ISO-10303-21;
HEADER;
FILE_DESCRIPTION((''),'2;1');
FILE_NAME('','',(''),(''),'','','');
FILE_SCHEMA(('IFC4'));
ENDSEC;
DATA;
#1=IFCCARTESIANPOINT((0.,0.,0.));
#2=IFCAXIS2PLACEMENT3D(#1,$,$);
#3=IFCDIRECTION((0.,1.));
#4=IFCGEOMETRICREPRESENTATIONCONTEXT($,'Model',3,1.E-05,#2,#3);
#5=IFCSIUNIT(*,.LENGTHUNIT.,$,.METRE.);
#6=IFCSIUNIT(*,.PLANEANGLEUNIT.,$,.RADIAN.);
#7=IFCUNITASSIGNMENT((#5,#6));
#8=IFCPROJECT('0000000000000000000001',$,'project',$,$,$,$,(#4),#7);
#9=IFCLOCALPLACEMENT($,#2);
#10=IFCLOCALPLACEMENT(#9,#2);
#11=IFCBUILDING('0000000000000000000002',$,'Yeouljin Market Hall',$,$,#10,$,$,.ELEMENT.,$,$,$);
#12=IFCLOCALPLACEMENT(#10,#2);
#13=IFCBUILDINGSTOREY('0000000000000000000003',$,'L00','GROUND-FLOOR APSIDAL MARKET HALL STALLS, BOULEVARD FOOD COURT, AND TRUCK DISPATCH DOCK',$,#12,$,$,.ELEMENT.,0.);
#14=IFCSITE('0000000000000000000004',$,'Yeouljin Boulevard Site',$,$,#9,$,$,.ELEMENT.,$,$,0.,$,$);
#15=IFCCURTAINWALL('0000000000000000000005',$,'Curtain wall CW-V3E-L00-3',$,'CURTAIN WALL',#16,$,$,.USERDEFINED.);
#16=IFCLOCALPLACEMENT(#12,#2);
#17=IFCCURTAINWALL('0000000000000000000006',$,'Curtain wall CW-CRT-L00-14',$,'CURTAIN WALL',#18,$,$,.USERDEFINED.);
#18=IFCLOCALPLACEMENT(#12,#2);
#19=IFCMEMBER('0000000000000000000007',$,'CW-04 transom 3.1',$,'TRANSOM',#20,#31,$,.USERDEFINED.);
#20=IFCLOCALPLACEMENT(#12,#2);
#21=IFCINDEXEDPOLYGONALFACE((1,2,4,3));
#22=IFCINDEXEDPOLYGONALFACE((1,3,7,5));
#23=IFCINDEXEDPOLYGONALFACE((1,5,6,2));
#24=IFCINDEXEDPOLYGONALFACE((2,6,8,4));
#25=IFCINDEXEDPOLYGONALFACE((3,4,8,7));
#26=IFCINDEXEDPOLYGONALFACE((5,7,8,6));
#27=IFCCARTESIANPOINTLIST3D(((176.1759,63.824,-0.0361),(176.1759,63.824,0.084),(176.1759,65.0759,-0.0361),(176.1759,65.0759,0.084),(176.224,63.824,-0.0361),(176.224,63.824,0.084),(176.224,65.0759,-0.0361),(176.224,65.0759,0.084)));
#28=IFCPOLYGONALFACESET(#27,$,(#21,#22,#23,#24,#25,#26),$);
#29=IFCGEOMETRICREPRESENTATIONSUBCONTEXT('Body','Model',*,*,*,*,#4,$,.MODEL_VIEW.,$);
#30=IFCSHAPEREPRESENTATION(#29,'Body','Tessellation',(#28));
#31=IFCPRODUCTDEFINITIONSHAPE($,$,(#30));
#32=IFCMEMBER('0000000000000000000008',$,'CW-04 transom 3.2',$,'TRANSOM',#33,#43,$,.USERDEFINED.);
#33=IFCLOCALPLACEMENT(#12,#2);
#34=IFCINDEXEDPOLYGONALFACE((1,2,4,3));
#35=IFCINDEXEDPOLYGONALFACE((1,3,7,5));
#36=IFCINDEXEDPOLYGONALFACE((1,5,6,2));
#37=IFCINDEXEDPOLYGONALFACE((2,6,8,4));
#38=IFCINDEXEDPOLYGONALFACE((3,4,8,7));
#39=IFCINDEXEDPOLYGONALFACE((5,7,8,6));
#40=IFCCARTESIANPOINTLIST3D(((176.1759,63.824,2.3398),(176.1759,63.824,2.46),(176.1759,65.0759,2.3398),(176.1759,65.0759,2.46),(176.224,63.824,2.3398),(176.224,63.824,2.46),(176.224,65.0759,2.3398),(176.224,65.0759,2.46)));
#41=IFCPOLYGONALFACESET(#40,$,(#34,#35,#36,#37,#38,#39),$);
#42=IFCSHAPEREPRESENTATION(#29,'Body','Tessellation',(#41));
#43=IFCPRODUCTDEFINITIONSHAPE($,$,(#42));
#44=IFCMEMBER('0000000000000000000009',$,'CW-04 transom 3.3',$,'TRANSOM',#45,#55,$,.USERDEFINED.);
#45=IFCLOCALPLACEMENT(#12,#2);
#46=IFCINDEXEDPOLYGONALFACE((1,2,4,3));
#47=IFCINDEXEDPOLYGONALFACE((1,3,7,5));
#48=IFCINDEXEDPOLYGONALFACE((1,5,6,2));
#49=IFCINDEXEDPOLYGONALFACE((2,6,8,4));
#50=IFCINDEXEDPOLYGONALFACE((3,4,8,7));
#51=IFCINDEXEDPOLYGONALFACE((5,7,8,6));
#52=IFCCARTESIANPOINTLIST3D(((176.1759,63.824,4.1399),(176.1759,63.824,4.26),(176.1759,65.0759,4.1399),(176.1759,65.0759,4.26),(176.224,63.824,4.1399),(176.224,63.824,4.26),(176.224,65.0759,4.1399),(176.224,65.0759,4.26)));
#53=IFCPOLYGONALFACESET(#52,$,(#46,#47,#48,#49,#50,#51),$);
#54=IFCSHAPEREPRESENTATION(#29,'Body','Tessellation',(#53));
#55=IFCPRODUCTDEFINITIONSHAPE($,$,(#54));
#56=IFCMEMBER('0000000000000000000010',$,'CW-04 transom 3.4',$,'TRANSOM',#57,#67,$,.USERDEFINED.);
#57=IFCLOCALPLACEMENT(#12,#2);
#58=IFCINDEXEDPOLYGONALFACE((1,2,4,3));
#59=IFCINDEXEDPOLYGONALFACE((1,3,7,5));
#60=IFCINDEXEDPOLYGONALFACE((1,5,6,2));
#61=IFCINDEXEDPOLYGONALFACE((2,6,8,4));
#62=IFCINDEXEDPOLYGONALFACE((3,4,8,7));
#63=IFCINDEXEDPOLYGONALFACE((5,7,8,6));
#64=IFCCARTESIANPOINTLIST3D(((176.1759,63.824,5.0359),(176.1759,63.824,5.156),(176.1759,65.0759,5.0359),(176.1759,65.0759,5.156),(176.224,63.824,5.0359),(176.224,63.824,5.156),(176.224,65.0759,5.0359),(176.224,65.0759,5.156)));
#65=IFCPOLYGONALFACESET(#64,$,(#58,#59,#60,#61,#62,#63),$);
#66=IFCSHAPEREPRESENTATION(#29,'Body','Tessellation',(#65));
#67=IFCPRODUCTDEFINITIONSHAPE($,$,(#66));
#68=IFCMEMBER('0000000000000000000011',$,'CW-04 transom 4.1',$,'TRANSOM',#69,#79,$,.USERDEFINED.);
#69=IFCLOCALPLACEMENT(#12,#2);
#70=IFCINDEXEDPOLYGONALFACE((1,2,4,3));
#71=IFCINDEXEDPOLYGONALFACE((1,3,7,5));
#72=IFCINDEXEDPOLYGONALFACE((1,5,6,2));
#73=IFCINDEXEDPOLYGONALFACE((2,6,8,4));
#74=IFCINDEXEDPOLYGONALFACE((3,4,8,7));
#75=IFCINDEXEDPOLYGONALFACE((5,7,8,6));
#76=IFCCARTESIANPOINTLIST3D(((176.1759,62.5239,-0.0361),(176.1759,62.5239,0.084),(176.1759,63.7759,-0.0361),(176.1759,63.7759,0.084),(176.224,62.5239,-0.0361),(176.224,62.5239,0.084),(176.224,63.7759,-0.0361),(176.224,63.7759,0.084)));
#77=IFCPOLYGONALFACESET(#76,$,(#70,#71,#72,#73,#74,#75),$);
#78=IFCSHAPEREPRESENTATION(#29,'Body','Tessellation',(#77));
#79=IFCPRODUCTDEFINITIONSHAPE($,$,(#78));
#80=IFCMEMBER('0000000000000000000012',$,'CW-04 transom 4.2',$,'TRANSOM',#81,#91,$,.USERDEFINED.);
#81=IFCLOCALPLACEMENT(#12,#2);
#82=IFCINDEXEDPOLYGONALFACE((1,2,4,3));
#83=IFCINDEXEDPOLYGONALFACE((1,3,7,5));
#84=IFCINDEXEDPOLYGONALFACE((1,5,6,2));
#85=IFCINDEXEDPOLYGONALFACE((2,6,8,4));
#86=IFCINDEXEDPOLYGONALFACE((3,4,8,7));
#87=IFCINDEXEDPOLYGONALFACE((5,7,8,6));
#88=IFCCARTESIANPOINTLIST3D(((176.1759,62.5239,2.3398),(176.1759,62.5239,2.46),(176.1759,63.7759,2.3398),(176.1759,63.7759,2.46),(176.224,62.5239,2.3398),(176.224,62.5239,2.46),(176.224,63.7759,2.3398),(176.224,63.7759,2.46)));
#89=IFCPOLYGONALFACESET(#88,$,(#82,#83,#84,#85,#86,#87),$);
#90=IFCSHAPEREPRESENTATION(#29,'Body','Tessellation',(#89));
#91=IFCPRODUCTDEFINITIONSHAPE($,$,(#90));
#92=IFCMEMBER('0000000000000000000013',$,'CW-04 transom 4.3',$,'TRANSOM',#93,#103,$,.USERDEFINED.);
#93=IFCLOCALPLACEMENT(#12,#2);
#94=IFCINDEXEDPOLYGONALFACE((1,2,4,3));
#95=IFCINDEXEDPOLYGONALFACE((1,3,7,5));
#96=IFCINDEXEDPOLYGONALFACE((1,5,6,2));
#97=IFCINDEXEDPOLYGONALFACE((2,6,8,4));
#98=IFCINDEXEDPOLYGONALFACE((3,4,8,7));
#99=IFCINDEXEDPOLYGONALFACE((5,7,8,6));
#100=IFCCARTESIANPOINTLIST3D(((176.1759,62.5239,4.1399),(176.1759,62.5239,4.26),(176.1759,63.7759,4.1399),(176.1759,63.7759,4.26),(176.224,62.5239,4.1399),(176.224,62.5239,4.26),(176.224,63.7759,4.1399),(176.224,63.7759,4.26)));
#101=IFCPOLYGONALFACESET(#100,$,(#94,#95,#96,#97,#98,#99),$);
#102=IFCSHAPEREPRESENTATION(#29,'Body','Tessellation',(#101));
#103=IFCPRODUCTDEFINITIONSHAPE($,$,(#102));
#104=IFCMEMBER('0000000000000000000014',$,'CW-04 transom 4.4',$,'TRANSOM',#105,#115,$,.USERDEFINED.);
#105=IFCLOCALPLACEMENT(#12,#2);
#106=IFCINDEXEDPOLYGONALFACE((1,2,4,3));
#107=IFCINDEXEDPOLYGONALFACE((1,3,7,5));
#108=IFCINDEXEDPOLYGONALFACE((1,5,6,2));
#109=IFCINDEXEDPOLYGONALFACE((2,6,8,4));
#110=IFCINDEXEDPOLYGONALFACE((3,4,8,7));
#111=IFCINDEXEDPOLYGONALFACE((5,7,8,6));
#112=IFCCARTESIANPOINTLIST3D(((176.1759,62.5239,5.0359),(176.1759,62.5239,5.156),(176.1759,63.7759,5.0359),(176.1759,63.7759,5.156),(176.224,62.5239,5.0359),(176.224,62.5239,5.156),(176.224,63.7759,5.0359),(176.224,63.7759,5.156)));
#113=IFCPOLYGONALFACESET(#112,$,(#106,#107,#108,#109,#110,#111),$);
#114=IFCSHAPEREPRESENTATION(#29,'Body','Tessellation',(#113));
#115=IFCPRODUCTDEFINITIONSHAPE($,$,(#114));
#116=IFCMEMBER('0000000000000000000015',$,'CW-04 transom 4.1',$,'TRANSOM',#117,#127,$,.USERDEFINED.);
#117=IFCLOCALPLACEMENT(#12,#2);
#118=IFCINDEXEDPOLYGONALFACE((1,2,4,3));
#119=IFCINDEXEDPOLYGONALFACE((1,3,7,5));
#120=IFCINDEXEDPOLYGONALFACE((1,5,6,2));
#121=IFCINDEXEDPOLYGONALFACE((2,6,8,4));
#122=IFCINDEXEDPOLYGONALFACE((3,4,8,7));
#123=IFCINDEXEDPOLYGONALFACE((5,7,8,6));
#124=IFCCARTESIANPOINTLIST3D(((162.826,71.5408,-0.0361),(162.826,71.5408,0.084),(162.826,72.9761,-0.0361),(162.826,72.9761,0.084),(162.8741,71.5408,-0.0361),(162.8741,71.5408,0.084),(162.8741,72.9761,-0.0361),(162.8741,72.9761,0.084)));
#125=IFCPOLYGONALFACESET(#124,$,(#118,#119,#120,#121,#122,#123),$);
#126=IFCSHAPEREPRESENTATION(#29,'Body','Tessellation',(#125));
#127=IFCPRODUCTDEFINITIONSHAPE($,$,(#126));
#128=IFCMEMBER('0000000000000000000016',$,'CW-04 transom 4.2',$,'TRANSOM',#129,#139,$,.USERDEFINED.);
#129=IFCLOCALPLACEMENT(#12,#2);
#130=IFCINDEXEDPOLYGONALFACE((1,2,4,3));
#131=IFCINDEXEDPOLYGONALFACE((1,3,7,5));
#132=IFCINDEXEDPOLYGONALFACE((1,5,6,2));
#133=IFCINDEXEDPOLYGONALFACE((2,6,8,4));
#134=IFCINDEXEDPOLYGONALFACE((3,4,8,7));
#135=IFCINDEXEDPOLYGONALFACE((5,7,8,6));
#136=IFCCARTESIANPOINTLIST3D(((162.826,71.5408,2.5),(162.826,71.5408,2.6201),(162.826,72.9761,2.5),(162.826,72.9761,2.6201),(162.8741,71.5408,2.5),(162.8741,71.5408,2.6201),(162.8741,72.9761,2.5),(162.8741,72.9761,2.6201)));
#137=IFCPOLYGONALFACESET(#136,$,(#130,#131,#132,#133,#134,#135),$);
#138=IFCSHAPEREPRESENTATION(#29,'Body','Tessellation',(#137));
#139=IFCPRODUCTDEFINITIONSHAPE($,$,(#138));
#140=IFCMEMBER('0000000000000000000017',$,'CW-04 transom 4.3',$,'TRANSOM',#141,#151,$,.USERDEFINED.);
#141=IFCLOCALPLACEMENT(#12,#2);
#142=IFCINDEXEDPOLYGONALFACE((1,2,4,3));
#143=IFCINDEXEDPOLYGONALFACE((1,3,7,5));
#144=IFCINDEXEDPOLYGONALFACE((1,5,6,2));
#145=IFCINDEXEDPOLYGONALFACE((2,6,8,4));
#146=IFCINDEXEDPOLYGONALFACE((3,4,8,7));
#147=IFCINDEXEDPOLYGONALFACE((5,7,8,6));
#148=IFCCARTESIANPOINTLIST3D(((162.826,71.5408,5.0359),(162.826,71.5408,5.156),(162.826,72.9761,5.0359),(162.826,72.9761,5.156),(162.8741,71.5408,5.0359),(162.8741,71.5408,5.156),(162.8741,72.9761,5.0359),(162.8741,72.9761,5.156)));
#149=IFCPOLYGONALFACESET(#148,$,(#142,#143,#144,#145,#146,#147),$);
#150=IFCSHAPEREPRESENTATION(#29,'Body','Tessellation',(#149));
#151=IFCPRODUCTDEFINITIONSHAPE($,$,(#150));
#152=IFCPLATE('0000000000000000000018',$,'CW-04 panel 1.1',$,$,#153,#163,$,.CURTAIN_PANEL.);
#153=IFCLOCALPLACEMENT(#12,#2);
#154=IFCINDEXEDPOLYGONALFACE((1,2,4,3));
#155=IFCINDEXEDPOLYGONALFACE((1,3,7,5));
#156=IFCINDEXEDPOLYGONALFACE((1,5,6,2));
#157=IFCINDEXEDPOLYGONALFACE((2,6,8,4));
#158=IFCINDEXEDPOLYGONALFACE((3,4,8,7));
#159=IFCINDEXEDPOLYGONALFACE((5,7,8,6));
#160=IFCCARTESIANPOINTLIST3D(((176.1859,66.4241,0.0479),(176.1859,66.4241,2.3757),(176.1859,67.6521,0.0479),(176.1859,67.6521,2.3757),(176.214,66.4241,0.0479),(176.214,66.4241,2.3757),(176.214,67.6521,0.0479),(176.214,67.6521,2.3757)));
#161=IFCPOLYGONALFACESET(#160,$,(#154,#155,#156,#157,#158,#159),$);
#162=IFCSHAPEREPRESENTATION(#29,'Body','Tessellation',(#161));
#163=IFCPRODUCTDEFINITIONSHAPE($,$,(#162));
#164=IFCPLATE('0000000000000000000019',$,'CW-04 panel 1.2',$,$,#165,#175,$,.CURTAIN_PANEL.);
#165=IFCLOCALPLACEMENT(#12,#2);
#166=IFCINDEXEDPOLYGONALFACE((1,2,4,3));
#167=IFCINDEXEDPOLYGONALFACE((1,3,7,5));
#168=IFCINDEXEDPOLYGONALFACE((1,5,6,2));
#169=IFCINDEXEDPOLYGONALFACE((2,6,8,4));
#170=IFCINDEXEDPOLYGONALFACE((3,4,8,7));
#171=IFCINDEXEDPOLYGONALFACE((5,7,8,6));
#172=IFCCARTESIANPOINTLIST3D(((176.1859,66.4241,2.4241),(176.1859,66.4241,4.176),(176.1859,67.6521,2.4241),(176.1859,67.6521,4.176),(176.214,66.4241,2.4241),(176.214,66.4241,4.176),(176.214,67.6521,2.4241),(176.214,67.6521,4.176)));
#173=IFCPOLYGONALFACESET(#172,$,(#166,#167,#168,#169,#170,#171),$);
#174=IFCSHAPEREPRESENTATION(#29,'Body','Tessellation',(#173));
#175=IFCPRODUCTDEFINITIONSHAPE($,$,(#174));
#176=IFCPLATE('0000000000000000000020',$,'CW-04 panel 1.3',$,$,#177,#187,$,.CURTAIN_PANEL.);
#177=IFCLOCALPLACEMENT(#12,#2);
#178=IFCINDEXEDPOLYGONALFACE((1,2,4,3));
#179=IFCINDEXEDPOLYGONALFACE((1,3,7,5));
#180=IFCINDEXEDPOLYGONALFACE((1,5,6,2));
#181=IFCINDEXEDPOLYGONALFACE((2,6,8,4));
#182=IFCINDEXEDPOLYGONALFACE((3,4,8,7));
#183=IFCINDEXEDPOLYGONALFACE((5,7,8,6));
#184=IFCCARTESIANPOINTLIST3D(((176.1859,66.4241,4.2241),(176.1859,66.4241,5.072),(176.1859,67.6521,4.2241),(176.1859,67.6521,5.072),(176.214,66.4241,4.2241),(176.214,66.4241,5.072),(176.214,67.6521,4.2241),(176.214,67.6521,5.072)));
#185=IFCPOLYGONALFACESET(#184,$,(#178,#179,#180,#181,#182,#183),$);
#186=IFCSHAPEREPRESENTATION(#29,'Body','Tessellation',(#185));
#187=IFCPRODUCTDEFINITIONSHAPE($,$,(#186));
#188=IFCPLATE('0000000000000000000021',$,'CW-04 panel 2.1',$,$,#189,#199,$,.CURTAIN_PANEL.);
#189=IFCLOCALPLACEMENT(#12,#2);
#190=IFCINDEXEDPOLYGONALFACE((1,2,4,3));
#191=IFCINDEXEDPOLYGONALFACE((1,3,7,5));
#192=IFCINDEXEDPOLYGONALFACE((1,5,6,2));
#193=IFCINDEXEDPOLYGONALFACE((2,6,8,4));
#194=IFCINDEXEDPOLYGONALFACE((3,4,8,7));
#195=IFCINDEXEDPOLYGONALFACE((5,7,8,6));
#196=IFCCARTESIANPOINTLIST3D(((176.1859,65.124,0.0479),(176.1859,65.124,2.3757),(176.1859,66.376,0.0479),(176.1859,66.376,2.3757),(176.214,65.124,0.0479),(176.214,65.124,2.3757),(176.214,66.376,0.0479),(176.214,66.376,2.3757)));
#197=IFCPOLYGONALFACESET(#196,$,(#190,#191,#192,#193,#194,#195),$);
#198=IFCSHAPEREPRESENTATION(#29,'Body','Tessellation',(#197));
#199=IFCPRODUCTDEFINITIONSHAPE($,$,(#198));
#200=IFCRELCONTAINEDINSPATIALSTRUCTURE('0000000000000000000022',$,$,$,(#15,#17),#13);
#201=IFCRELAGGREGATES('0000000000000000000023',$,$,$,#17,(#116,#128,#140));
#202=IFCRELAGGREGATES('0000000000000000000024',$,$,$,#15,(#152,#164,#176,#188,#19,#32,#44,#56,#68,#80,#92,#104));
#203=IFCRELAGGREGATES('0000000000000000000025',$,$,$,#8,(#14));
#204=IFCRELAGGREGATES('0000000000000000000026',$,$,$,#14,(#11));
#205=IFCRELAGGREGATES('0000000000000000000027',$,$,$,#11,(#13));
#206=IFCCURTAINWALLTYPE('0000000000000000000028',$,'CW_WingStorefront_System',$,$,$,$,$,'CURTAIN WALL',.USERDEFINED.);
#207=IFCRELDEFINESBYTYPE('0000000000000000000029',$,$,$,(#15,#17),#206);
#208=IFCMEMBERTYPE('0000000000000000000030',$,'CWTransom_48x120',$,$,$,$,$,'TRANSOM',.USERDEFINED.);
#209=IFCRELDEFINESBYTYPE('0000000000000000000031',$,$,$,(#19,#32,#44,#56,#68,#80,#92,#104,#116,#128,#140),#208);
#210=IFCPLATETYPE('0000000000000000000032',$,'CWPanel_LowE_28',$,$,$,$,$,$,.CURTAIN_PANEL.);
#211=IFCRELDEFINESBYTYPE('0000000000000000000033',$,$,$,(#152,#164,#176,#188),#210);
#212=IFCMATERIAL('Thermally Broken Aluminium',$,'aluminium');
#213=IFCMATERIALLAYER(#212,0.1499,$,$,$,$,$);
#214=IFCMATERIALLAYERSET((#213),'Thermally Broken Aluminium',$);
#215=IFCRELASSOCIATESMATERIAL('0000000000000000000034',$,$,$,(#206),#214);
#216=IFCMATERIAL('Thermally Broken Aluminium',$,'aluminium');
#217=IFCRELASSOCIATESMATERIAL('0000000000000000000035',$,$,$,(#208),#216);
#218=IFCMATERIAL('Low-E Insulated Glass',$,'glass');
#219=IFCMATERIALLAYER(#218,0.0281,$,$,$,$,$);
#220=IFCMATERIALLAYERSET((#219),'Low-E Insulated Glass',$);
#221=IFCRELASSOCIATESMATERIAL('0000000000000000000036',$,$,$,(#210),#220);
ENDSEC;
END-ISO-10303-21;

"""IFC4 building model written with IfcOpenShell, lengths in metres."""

from ifc_helpers import new_model, si_unit, direction, frame, origin, origin_2d, place, context, subcontext, project, spatial, rectangle, extrude, material, layer, layer_set, material_profile, profile_set, type_object, element, aggregate, save


model = new_model("IFC4")

# Units and contexts
model_context = context("Model", 3, precision=1e-05, world=origin(), true_north=direction((0.0, 1.0)))
body_context = subcontext(model_context, "Body", "Model", "MODEL_VIEW")
ifc_project = project(units=[si_unit("LENGTHUNIT", "METRE"), si_unit("PLANEANGLEUNIT", "RADIAN")], contexts=[model_context])

# Site, building, storey
site_placement = place(None, origin())
site = spatial("IfcSite", under=ifc_project, at=site_placement, Name="Yeouljin Boulevard Site", CompositionType="ELEMENT", RefElevation=0.0)
building_placement = place(site_placement, origin())
building = spatial("IfcBuilding", under=site, at=building_placement, Name="Yeouljin Market Hall", CompositionType="ELEMENT")
storey_placement = place(building_placement, origin())
storey = spatial("IfcBuildingStorey", under=building, at=storey_placement, Name="L00", Description="GROUND-FLOOR APSIDAL MARKET HALL STALLS, BOULEVARD FOOD COURT, AND TRUCK DISPATCH DOCK", CompositionType="ELEMENT", Elevation=0.0)

# Curtain wall
ifc_material_1 = material(Name="Thermally Broken Aluminium", Category="aluminium")
ifc_layer_1 = layer(ifc_material_1, 0.1499)
ifc_layer_set_1 = layer_set([ifc_layer_1], Name="Thermally Broken Aluminium")
curtain_wall_type = type_object("IfcCurtainWallType", Name="CW_WingStorefront_System", ElementType="CURTAIN WALL", PredefinedType="USERDEFINED", material=ifc_layer_set_1)
curtain_wall_1_placement = place(storey_placement, origin())
curtain_wall_1 = element("IfcCurtainWall", 1, at=curtain_wall_1_placement, inside=storey, type_object=curtain_wall_type, Name="Curtain wall CW-V3E-L00-3", ObjectType="CURTAIN WALL", PredefinedType="USERDEFINED")

# Curtain wall
curtain_wall_2_placement = place(storey_placement, origin())
curtain_wall_2 = element("IfcCurtainWall", 2, at=curtain_wall_2_placement, inside=storey, type_object=curtain_wall_type, Name="Curtain wall CW-CRT-L00-14", ObjectType="CURTAIN WALL", PredefinedType="USERDEFINED")

# Members
ifc_material_2 = material(Name="Thermally Broken Aluminium", Category="aluminium")
ifc_material_profile_1 = material_profile(ifc_material_2, rectangle(XDim=0.0481, YDim=0.1201, at=origin_2d()), Name="CW-TRAN-48x120")
ifc_profile_set_1 = profile_set([ifc_material_profile_1], Name="Thermally Broken Aluminium")
member_type_1 = type_object("IfcMemberType", Name="CWTransom_48x120", ElementType="TRANSOM", PredefinedType="USERDEFINED", material=ifc_profile_set_1)
member_1_placement = place(storey_placement, frame((176.2, 65.0759, 0.0239), z_axis=(0.0, -1.0, 0.0), x_axis=(1.0, 0.0, 0.0)))
member_1 = element("IfcMember", 3, at=member_1_placement, type_object=member_type_1, Name="CW-04 transom 3.1", ObjectType="TRANSOM", PredefinedType="USERDEFINED", context=body_context, shape_type="SweptSolid", body=[
    extrude(rectangle(XDim=0.0481, YDim=0.1201, at=origin_2d()), origin(), (0.0, 0.0, 1.0), 1.252),
])
member_2_placement = place(storey_placement, frame((176.2, 65.0759, 2.3999), z_axis=(0.0, -1.0, 0.0), x_axis=(1.0, 0.0, 0.0)))
member_2 = element("IfcMember", 4, at=member_2_placement, type_object=member_type_1, Name="CW-04 transom 3.2", ObjectType="TRANSOM", PredefinedType="USERDEFINED", context=body_context, shape_type="SweptSolid", body=[
    extrude(rectangle(XDim=0.0481, YDim=0.1201, at=origin_2d()), origin(), (0.0, 0.0, 1.0), 1.252),
])
member_3_placement = place(storey_placement, frame((176.2, 65.0759, 4.2), z_axis=(0.0, -1.0, 0.0), x_axis=(1.0, 0.0, 0.0)))
member_3 = element("IfcMember", 5, at=member_3_placement, type_object=member_type_1, Name="CW-04 transom 3.3", ObjectType="TRANSOM", PredefinedType="USERDEFINED", context=body_context, shape_type="SweptSolid", body=[
    extrude(rectangle(XDim=0.0481, YDim=0.1201, at=origin_2d()), origin(), (0.0, 0.0, 1.0), 1.252),
])
member_4_placement = place(storey_placement, frame((176.2, 65.0759, 5.0959), z_axis=(0.0, -1.0, 0.0), x_axis=(1.0, 0.0, 0.0)))
member_4 = element("IfcMember", 6, at=member_4_placement, type_object=member_type_1, Name="CW-04 transom 3.4", ObjectType="TRANSOM", PredefinedType="USERDEFINED", context=body_context, shape_type="SweptSolid", body=[
    extrude(rectangle(XDim=0.0481, YDim=0.1201, at=origin_2d()), origin(), (0.0, 0.0, 1.0), 1.252),
])
member_5_placement = place(storey_placement, frame((176.2, 63.7759, 0.0239), z_axis=(0.0, -1.0, 0.0), x_axis=(1.0, 0.0, 0.0)))
member_5 = element("IfcMember", 7, at=member_5_placement, type_object=member_type_1, Name="CW-04 transom 4.1", ObjectType="TRANSOM", PredefinedType="USERDEFINED", context=body_context, shape_type="SweptSolid", body=[
    extrude(rectangle(XDim=0.0481, YDim=0.1201, at=origin_2d()), origin(), (0.0, 0.0, 1.0), 1.252),
])
member_6_placement = place(storey_placement, frame((176.2, 63.7759, 2.3999), z_axis=(0.0, -1.0, 0.0), x_axis=(1.0, 0.0, 0.0)))
member_6 = element("IfcMember", 8, at=member_6_placement, type_object=member_type_1, Name="CW-04 transom 4.2", ObjectType="TRANSOM", PredefinedType="USERDEFINED", context=body_context, shape_type="SweptSolid", body=[
    extrude(rectangle(XDim=0.0481, YDim=0.1201, at=origin_2d()), origin(), (0.0, 0.0, 1.0), 1.252),
])
member_7_placement = place(storey_placement, frame((176.2, 63.7759, 4.2), z_axis=(0.0, -1.0, 0.0), x_axis=(1.0, 0.0, 0.0)))
member_7 = element("IfcMember", 9, at=member_7_placement, type_object=member_type_1, Name="CW-04 transom 4.3", ObjectType="TRANSOM", PredefinedType="USERDEFINED", context=body_context, shape_type="SweptSolid", body=[
    extrude(rectangle(XDim=0.0481, YDim=0.1201, at=origin_2d()), origin(), (0.0, 0.0, 1.0), 1.252),
])
member_8_placement = place(storey_placement, frame((176.2, 63.7759, 5.0959), z_axis=(0.0, -1.0, 0.0), x_axis=(1.0, 0.0, 0.0)))
member_8 = element("IfcMember", 10, at=member_8_placement, type_object=member_type_1, Name="CW-04 transom 4.4", ObjectType="TRANSOM", PredefinedType="USERDEFINED", context=body_context, shape_type="SweptSolid", body=[
    extrude(rectangle(XDim=0.0481, YDim=0.1201, at=origin_2d()), origin(), (0.0, 0.0, 1.0), 1.252),
])
member_9_placement = place(storey_placement, frame((162.8501, 72.9761, 0.0239), z_axis=(0.0, -1.0, 0.0), x_axis=(1.0, 0.0, 0.0)))
member_9 = element("IfcMember", 11, at=member_9_placement, type_object=member_type_1, Name="CW-04 transom 4.1", ObjectType="TRANSOM", PredefinedType="USERDEFINED", context=body_context, shape_type="SweptSolid", body=[
    extrude(rectangle(XDim=0.0481, YDim=0.1201, at=origin_2d()), origin(), (0.0, 0.0, 1.0), 1.4353),
])
member_10_placement = place(storey_placement, frame((162.8501, 72.9761, 2.5601), z_axis=(0.0, -1.0, 0.0), x_axis=(1.0, 0.0, 0.0)))
member_10 = element("IfcMember", 12, at=member_10_placement, type_object=member_type_1, Name="CW-04 transom 4.2", ObjectType="TRANSOM", PredefinedType="USERDEFINED", context=body_context, shape_type="SweptSolid", body=[
    extrude(rectangle(XDim=0.0481, YDim=0.1201, at=origin_2d()), origin(), (0.0, 0.0, 1.0), 1.4353),
])
member_11_placement = place(storey_placement, frame((162.8501, 72.9761, 5.0959), z_axis=(0.0, -1.0, 0.0), x_axis=(1.0, 0.0, 0.0)))
member_11 = element("IfcMember", 13, at=member_11_placement, type_object=member_type_1, Name="CW-04 transom 4.3", ObjectType="TRANSOM", PredefinedType="USERDEFINED", context=body_context, shape_type="SweptSolid", body=[
    extrude(rectangle(XDim=0.0481, YDim=0.1201, at=origin_2d()), origin(), (0.0, 0.0, 1.0), 1.4353),
])
aggregate(curtain_wall_2, [member_9, member_10, member_11])

# Plates
ifc_material_3 = material(Name="Low-E Insulated Glass", Category="glass")
ifc_layer_2 = layer(ifc_material_3, 0.0281)
ifc_layer_set_2 = layer_set([ifc_layer_2], Name="Low-E Insulated Glass")
plate_type = type_object("IfcPlateType", Name="CWPanel_LowE_28", PredefinedType="CURTAIN_PANEL", material=ifc_layer_set_2)
plate_1_placement = place(storey_placement, frame((176.2, 67.0381, 0.0479), z_axis=(0.0, 0.0, 1.0), x_axis=(0.0, -1.0, 0.0)))
plate_1 = element("IfcPlate", 14, at=plate_1_placement, type_object=plate_type, Name="CW-04 panel 1.1", PredefinedType="CURTAIN_PANEL", context=body_context, shape_type="SweptSolid", body=[
    extrude(rectangle(XDim=1.228, YDim=0.0281, at=origin_2d()), origin(), (0.0, 0.0, 1.0), 2.3279),
])
plate_2_placement = place(storey_placement, frame((176.2, 67.0381, 2.4241), z_axis=(0.0, 0.0, 1.0), x_axis=(0.0, -1.0, 0.0)))
plate_2 = element("IfcPlate", 15, at=plate_2_placement, type_object=plate_type, Name="CW-04 panel 1.2", PredefinedType="CURTAIN_PANEL", context=body_context, shape_type="SweptSolid", body=[
    extrude(rectangle(XDim=1.228, YDim=0.0281, at=origin_2d()), origin(), (0.0, 0.0, 1.0), 1.752),
])
plate_3_placement = place(storey_placement, frame((176.2, 67.0381, 4.2241), z_axis=(0.0, 0.0, 1.0), x_axis=(0.0, -1.0, 0.0)))
plate_3 = element("IfcPlate", 16, at=plate_3_placement, type_object=plate_type, Name="CW-04 panel 1.3", PredefinedType="CURTAIN_PANEL", context=body_context, shape_type="SweptSolid", body=[
    extrude(rectangle(XDim=1.228, YDim=0.0281, at=origin_2d()), origin(), (0.0, 0.0, 1.0), 0.8479),
])
plate_4_placement = place(storey_placement, frame((176.2, 65.75, 0.0479), z_axis=(0.0, 0.0, 1.0), x_axis=(0.0, -1.0, 0.0)))
plate_4 = element("IfcPlate", 17, at=plate_4_placement, type_object=plate_type, Name="CW-04 panel 2.1", PredefinedType="CURTAIN_PANEL", context=body_context, shape_type="SweptSolid", body=[
    extrude(rectangle(XDim=1.252, YDim=0.0281, at=origin_2d()), origin(), (0.0, 0.0, 1.0), 2.3279),
])
aggregate(curtain_wall_1, [plate_1, plate_2, plate_3, plate_4, member_1, member_2, member_3, member_4, member_5, member_6, member_7, member_8])

save(model, "model.ifc")
